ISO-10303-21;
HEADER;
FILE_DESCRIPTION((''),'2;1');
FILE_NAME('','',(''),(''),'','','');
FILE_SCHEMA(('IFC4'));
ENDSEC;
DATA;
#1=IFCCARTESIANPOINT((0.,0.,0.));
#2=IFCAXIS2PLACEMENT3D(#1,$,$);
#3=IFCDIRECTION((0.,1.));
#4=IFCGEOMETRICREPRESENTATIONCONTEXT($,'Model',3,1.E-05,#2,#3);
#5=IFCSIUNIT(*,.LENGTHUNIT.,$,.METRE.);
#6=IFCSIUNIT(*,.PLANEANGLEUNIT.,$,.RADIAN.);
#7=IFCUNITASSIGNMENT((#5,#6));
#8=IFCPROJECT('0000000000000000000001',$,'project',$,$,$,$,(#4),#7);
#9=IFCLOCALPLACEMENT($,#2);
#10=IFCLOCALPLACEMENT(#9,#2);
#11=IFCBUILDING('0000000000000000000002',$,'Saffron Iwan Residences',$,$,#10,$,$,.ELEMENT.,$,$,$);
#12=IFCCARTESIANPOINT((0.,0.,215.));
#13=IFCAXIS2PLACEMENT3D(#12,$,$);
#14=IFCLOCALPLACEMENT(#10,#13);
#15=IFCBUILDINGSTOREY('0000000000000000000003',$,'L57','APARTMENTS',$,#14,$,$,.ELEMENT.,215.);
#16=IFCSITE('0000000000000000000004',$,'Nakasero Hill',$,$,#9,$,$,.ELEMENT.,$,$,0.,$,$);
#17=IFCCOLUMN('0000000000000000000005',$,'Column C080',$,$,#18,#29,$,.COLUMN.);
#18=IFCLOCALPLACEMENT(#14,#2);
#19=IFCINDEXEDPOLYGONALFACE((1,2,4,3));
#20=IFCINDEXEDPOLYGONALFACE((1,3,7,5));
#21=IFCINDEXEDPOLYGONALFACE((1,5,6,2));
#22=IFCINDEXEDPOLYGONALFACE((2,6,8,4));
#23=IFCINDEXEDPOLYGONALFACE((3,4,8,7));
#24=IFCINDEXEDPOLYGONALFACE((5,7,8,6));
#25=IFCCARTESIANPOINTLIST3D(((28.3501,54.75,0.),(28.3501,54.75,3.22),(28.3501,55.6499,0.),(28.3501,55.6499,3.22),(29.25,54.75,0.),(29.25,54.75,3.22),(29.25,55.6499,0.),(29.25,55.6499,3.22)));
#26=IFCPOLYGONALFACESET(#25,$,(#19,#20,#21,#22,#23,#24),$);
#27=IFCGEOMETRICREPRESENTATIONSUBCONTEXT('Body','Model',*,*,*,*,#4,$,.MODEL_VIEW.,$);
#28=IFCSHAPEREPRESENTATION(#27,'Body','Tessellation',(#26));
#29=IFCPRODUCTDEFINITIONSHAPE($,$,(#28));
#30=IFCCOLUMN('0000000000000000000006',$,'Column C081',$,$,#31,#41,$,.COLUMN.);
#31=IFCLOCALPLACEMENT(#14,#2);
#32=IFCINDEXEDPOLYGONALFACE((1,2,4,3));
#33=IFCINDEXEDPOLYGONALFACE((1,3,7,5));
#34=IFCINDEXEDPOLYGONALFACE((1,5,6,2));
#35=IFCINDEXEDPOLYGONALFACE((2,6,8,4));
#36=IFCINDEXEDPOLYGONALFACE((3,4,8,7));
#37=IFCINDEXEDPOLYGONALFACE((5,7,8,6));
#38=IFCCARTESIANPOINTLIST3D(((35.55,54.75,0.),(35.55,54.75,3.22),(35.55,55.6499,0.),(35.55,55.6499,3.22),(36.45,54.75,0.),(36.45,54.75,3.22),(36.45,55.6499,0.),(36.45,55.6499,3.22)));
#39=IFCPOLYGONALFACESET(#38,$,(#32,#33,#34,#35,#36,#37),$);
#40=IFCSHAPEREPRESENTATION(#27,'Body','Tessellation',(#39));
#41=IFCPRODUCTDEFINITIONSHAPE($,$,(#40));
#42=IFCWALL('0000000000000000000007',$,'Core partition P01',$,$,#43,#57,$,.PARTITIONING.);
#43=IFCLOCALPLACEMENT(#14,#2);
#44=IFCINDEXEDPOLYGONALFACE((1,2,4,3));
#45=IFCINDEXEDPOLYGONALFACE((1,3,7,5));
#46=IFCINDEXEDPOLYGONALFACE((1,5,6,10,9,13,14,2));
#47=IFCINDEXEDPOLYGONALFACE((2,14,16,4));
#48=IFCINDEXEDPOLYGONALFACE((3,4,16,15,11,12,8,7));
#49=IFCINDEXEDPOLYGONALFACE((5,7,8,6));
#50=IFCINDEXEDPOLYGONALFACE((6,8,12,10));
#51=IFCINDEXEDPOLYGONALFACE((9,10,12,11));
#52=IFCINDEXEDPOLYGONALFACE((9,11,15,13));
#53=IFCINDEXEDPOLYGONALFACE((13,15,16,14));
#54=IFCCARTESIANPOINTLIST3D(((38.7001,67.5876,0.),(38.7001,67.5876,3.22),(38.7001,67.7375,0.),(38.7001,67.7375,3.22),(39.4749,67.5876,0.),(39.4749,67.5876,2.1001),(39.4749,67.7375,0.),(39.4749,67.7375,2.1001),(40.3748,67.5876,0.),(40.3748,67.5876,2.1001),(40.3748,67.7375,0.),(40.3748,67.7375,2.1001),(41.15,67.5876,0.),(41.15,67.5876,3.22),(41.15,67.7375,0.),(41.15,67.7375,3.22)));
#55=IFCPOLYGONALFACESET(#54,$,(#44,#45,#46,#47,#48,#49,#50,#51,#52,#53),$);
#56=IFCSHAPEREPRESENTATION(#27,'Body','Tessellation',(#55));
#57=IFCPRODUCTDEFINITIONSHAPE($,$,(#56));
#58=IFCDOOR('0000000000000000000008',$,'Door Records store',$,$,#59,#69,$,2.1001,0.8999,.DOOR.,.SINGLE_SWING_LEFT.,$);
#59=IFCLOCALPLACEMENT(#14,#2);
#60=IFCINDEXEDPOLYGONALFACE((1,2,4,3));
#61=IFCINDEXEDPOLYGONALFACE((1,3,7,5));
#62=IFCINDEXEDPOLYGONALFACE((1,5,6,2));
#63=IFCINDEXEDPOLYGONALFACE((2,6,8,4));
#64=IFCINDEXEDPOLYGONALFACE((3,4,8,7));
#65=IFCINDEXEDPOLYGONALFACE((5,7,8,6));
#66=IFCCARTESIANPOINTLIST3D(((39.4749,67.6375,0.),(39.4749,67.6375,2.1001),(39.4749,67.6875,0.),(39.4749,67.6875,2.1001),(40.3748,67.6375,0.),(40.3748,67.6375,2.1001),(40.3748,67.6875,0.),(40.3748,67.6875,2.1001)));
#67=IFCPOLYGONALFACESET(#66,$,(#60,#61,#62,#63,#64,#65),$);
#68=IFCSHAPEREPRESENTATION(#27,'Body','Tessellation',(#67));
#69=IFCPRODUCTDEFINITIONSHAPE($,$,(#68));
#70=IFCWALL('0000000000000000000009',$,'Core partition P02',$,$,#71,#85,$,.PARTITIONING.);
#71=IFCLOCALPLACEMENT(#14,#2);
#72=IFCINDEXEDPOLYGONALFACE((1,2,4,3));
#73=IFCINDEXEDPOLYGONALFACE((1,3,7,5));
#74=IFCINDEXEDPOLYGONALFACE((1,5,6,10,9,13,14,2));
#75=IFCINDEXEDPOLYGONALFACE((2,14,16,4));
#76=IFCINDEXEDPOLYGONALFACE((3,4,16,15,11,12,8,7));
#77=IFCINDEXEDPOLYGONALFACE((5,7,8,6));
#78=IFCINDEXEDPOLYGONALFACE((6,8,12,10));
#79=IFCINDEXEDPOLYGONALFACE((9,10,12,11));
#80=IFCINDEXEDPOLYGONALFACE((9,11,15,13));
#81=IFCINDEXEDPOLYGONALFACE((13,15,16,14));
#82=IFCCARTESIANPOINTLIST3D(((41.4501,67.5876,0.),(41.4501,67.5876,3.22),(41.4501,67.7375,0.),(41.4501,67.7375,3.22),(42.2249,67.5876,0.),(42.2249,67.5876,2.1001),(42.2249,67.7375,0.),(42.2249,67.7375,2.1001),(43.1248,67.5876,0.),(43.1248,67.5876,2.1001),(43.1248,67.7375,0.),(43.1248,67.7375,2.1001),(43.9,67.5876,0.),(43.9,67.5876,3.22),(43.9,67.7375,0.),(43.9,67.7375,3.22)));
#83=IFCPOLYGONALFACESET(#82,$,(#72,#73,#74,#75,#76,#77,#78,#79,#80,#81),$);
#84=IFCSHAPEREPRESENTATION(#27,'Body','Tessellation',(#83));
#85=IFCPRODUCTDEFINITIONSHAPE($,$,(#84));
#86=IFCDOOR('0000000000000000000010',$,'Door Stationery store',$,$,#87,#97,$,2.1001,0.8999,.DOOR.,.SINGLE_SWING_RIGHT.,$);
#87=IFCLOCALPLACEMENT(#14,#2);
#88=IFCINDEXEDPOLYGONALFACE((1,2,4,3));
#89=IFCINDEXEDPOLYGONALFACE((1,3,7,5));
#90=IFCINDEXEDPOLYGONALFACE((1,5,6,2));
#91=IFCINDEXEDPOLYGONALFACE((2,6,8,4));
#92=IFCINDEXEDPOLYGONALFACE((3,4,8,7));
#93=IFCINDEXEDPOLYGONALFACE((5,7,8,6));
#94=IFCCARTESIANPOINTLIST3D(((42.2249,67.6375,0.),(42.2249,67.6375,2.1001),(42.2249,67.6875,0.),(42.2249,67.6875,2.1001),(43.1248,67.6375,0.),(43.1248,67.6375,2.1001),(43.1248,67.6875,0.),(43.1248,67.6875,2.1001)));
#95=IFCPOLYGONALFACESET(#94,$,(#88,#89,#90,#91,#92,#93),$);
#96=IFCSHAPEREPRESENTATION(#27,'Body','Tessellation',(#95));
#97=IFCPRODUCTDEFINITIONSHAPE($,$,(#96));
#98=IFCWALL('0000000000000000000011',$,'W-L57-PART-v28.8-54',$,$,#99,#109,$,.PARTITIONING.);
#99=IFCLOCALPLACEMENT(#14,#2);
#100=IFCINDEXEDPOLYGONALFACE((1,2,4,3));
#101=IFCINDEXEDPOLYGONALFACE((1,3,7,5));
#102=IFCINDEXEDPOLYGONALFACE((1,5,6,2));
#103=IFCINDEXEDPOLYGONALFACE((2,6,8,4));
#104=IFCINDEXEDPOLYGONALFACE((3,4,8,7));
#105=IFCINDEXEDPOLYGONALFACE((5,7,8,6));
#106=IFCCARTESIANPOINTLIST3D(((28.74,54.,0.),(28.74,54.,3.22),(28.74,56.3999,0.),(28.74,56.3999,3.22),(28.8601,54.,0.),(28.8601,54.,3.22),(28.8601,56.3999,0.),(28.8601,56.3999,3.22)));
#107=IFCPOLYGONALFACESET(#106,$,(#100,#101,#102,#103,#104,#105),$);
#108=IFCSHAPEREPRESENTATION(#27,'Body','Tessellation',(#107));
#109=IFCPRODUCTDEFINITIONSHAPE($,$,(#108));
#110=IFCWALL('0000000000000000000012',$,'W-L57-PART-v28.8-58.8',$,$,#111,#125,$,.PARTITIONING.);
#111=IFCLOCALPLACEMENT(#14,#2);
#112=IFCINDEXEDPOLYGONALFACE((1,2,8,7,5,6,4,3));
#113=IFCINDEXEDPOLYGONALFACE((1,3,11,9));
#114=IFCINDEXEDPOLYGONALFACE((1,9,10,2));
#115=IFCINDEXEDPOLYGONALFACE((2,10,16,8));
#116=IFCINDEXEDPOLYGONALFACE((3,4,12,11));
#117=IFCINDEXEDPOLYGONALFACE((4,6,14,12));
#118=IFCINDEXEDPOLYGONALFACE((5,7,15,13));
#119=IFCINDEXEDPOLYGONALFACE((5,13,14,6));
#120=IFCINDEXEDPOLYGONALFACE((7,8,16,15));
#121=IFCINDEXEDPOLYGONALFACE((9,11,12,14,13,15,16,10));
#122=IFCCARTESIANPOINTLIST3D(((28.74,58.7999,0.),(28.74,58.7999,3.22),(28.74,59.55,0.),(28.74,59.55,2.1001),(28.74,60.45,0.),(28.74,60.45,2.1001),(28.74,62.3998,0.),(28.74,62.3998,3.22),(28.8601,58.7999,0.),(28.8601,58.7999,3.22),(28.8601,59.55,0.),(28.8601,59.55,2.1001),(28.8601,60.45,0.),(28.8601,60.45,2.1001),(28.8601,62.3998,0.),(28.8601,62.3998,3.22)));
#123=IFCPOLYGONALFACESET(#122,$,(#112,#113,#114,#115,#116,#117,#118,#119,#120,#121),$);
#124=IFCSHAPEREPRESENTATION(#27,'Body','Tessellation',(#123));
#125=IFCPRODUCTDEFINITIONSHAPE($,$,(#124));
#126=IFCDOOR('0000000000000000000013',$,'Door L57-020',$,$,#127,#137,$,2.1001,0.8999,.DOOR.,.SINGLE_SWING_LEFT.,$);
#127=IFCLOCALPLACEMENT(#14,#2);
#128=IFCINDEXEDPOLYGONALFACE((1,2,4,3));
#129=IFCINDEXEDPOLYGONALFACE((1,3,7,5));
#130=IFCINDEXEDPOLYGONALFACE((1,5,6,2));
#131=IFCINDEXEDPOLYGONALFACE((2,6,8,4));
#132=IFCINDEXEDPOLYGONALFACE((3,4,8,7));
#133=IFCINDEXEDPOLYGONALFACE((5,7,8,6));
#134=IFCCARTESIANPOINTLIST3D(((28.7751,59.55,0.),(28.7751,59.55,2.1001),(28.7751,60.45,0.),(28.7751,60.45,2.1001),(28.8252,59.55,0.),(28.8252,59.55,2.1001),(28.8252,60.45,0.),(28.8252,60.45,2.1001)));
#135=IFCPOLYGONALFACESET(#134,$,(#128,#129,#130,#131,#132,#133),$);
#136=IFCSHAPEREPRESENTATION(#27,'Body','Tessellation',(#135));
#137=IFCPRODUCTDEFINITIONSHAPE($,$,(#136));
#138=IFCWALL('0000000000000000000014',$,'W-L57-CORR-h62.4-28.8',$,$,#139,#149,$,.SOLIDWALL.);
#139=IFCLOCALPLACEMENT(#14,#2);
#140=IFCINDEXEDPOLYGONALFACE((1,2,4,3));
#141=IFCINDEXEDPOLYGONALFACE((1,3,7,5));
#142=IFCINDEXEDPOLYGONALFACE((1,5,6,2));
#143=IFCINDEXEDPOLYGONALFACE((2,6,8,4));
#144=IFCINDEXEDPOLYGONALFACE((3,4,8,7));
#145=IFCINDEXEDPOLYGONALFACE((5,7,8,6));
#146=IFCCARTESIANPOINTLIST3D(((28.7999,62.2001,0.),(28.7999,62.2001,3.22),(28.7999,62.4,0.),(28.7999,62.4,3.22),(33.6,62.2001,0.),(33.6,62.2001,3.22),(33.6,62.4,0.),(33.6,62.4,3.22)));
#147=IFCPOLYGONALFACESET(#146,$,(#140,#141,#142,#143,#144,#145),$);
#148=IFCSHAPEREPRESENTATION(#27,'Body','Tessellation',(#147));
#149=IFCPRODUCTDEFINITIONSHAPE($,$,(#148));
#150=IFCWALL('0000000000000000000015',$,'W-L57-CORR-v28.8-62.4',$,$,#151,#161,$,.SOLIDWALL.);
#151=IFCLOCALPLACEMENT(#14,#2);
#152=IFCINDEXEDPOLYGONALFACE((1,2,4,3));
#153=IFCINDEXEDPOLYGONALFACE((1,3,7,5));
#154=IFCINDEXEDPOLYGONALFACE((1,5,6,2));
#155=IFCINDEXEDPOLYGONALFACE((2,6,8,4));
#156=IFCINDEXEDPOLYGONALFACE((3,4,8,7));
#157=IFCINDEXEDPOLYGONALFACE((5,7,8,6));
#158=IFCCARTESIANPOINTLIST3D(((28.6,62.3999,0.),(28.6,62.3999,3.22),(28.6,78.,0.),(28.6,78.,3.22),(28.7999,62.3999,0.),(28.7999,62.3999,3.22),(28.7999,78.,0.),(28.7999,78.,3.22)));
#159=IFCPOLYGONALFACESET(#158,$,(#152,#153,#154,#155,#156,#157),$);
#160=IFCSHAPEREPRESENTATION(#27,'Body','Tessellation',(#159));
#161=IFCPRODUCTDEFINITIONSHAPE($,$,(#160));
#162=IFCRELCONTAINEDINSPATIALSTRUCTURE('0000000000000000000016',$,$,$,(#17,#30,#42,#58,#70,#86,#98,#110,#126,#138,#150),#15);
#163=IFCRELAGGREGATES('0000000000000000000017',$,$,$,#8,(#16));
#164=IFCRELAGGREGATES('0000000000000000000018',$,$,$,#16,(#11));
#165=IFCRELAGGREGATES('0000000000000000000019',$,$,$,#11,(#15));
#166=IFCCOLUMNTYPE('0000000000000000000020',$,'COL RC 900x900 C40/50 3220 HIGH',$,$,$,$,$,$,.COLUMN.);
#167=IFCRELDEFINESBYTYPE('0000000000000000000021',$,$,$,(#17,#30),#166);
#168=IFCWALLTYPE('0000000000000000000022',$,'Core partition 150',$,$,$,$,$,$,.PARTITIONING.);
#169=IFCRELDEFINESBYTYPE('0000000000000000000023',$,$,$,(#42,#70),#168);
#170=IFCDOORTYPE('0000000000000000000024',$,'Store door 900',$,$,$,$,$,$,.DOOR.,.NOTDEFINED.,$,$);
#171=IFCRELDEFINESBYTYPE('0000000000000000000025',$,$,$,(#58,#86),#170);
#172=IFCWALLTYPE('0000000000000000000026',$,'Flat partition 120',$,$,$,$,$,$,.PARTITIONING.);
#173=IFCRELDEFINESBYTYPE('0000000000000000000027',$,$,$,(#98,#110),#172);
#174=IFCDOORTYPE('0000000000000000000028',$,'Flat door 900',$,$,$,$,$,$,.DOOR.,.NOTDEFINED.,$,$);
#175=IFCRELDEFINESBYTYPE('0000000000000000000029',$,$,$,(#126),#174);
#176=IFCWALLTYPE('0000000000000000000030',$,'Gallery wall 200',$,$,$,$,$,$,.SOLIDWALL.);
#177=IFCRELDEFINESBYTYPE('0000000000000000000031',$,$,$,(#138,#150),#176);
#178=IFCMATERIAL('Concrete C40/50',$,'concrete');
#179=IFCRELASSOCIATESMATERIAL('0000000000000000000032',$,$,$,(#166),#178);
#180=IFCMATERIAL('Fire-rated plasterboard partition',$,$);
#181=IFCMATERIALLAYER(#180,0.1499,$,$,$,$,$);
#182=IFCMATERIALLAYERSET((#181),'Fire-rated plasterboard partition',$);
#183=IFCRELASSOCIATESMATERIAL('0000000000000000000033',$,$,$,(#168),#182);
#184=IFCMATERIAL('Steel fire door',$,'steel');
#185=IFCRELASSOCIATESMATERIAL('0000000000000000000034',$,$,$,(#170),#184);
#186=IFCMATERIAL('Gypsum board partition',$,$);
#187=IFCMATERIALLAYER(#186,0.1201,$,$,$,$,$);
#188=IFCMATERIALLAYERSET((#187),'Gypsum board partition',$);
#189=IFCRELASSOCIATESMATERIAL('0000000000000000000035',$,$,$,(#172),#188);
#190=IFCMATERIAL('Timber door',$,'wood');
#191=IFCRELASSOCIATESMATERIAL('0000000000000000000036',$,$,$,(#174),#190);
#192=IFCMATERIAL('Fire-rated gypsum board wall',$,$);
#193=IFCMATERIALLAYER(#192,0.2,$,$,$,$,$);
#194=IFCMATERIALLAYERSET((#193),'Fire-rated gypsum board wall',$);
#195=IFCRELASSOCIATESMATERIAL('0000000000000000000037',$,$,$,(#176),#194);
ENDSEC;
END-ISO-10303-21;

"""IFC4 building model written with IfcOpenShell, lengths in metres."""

from ifc_helpers import new_model, si_unit, direction, frame, frame_2d, origin, origin_2d, place, context, subcontext, project, spatial, rectangle, extrude, source, transform, mapped, material, layer, layer_set, material_profile, profile_set, type_object, element, fill, save


model = new_model("IFC4")

# Units and contexts
model_context = context("Model", 3, precision=1e-05, world=origin(), true_north=direction((0.0, 1.0)))
body_context = subcontext(model_context, "Body", "Model", "MODEL_VIEW")
ifc_project = project(units=[si_unit("LENGTHUNIT", "METRE"), si_unit("PLANEANGLEUNIT", "RADIAN")], contexts=[model_context])

# Site, building, storey
site_placement = place(None, origin())
site = spatial("IfcSite", under=ifc_project, at=site_placement, Name="Nakasero Hill", CompositionType="ELEMENT", RefElevation=0.0)
building_placement = place(site_placement, origin())
building = spatial("IfcBuilding", under=site, at=building_placement, Name="Saffron Iwan Residences", CompositionType="ELEMENT")
storey_placement = place(building_placement, frame((0.0, 0.0, 215.0)))
storey = spatial("IfcBuildingStorey", under=building, at=storey_placement, Name="L57", Description="APARTMENTS", CompositionType="ELEMENT", Elevation=215.0)

# Columns
ifc_material_1 = material(Name="Concrete C40/50", Category="concrete")
ifc_material_profile = material_profile(ifc_material_1, rectangle(XDim=0.8999, YDim=0.8999, at=origin_2d()), Name="RC 900x900")
ifc_profile_set = profile_set([ifc_material_profile], Name="Concrete C40/50")
column_type = type_object("IfcColumnType", Name="COL RC 900x900 C40/50 3220 HIGH", PredefinedType="COLUMN", material=ifc_profile_set)
shared_shape = source(origin(), body_context, "Body", "SweptSolid", [
    extrude(rectangle(XDim=0.8999, YDim=0.8999, at=origin_2d()), origin(), (0.0, 0.0, 1.0), 3.22),
])
for number, where, z_axis, x_axis, name in (
    (1, (28.8, 55.2, 0.0), (0.0, 0.0, 1.0), (1.0, 0.0, 0.0), "Column C080"),
    (2, (36.0, 55.2, 0.0), (0.0, 0.0, 1.0), (1.0, 0.0, 0.0), "Column C081"),
):
    element("IfcColumn", number, at=place(storey_placement, frame(where, z_axis=z_axis, x_axis=x_axis)), inside=storey, type_object=column_type, Name=name, PredefinedType="COLUMN", context=body_context, shape_type="MappedRepresentation", body=[
        mapped(shared_shape, transform((0.0, 0.0, 0.0))),
    ])

# Walls, openings, doors
ifc_material_2 = material(Name="Fire-rated plasterboard partition")
ifc_layer_1 = layer(ifc_material_2, 0.1499)
ifc_layer_set_1 = layer_set([ifc_layer_1], Name="Fire-rated plasterboard partition")
wall_type_1 = type_object("IfcWallType", Name="Core partition 150", PredefinedType="PARTITIONING", material=ifc_layer_set_1)
wall_1_placement = place(storey_placement, frame((38.7, 67.6626, 0.0), z_axis=(0.0, 0.0, 1.0), x_axis=(1.0, 0.0, 0.0)))
wall_1 = element("IfcWall", 3, at=wall_1_placement, inside=storey, type_object=wall_type_1, Name="Core partition P01", PredefinedType="PARTITIONING", context=body_context, shape_type="SweptSolid", body=[
    extrude(rectangle(XDim=2.45, YDim=0.1499, at=frame_2d((1.2251, 0.0))), origin(), (0.0, 0.0, 1.0), 3.22),
])
opening_1_placement = place(wall_1_placement, frame((0.7749, 0.0, 0.0)))
opening_1 = element("IfcOpeningElement", 4, at=opening_1_placement, cuts=wall_1, PredefinedType="OPENING", context=body_context, shape_type="SweptSolid", body=[
    extrude(rectangle(XDim=0.8999, YDim=2.1001, at=frame_2d((0.45, 1.05))), frame((0.0, 0.085, 0.0), z_axis=(0.0, -1.0, 0.0), x_axis=(1.0, 0.0, 0.0)), (0.0, 0.0, 1.0), 0.1699),
])
ifc_material_3 = material(Name="Steel fire door", Category="steel")
door_type_1 = type_object("IfcDoorType", Name="Store door 900", OperationType="NOTDEFINED", PredefinedType="DOOR", material=ifc_material_3)
door_1_placement = place(opening_1_placement, origin())
door_1 = element("IfcDoor", 5, at=door_1_placement, inside=storey, type_object=door_type_1, Name="Door Records store", OperationType="SINGLE_SWING_LEFT", OverallHeight=2.1001, OverallWidth=0.8999, PredefinedType="DOOR", context=body_context, shape_type="SweptSolid", body=[
    extrude(rectangle(XDim=0.8999, YDim=2.1001, at=frame_2d((0.45, 1.05))), frame((0.0, 0.0249, 0.0), z_axis=(0.0, -1.0, 0.0), x_axis=(1.0, 0.0, 0.0)), (0.0, 0.0, 1.0), 0.05),
])
fill(opening_1, door_1)
wall_2_placement = place(storey_placement, frame((41.45, 67.6626, 0.0), z_axis=(0.0, 0.0, 1.0), x_axis=(1.0, 0.0, 0.0)))
wall_2 = element("IfcWall", 6, at=wall_2_placement, inside=storey, type_object=wall_type_1, Name="Core partition P02", PredefinedType="PARTITIONING", context=body_context, shape_type="SweptSolid", body=[
    extrude(rectangle(XDim=2.45, YDim=0.1499, at=frame_2d((1.2251, 0.0))), origin(), (0.0, 0.0, 1.0), 3.22),
])
opening_2_placement = place(wall_2_placement, frame((0.7749, 0.0, 0.0)))
opening_2 = element("IfcOpeningElement", 7, at=opening_2_placement, cuts=wall_2, PredefinedType="OPENING", context=body_context, shape_type="SweptSolid", body=[
    extrude(rectangle(XDim=0.8999, YDim=2.1001, at=frame_2d((0.45, 1.05))), frame((0.0, 0.085, 0.0), z_axis=(0.0, -1.0, 0.0), x_axis=(1.0, 0.0, 0.0)), (0.0, 0.0, 1.0), 0.1699),
])
door_2_placement = place(opening_2_placement, origin())
door_2 = element("IfcDoor", 8, at=door_2_placement, inside=storey, type_object=door_type_1, Name="Door Stationery store", OperationType="SINGLE_SWING_RIGHT", OverallHeight=2.1001, OverallWidth=0.8999, PredefinedType="DOOR", context=body_context, shape_type="SweptSolid", body=[
    extrude(rectangle(XDim=0.8999, YDim=2.1001, at=frame_2d((0.45, 1.05))), frame((0.0, 0.0249, 0.0), z_axis=(0.0, -1.0, 0.0), x_axis=(1.0, 0.0, 0.0)), (0.0, 0.0, 1.0), 0.05),
])
fill(opening_2, door_2)

# Wall
ifc_material_4 = material(Name="Gypsum board partition")
ifc_layer_2 = layer(ifc_material_4, 0.1201)
ifc_layer_set_2 = layer_set([ifc_layer_2], Name="Gypsum board partition")
wall_type_2 = type_object("IfcWallType", Name="Flat partition 120", PredefinedType="PARTITIONING", material=ifc_layer_set_2)
wall_3_placement = place(storey_placement, frame((28.8, 54.0, 0.0), z_axis=(0.0, 0.0, 1.0), x_axis=(0.0, 1.0, 0.0)))
element("IfcWall", 9, at=wall_3_placement, inside=storey, type_object=wall_type_2, Name="W-L57-PART-v28.8-54", PredefinedType="PARTITIONING", context=body_context, shape_type="SweptSolid", body=[
    extrude(rectangle(XDim=2.3999, YDim=0.1201, at=frame_2d((1.2, 0.0))), origin(), (0.0, 0.0, 1.0), 3.22),
])

# Wall, opening, door
wall_4_placement = place(storey_placement, frame((28.8, 58.8, 0.0), z_axis=(0.0, 0.0, 1.0), x_axis=(0.0, 1.0, 0.0)))
wall_4 = element("IfcWall", 10, at=wall_4_placement, inside=storey, type_object=wall_type_2, Name="W-L57-PART-v28.8-58.8", PredefinedType="PARTITIONING", context=body_context, shape_type="SweptSolid", body=[
    extrude(rectangle(XDim=3.5999, YDim=0.1201, at=frame_2d((1.7998, 0.0))), origin(), (0.0, 0.0, 1.0), 3.22),
])
opening_3_placement = place(wall_4_placement, frame((0.75, 0.0, 0.0)))
opening_3 = element("IfcOpeningElement", 11, at=opening_3_placement, cuts=wall_4, PredefinedType="OPENING", context=body_context, shape_type="SweptSolid", body=[
    extrude(rectangle(XDim=0.8999, YDim=2.1001, at=frame_2d((0.45, 1.05))), frame((0.0, 0.0701, 0.0), z_axis=(0.0, -1.0, 0.0), x_axis=(1.0, 0.0, 0.0)), (0.0, 0.0, 1.0), 0.1401),
])
ifc_material_5 = material(Name="Timber door", Category="wood")
door_type_2 = type_object("IfcDoorType", Name="Flat door 900", OperationType="NOTDEFINED", PredefinedType="DOOR", material=ifc_material_5)
door_3_placement = place(opening_3_placement, origin())
door_3 = element("IfcDoor", 12, at=door_3_placement, inside=storey, type_object=door_type_2, Name="Door L57-020", OperationType="SINGLE_SWING_LEFT", OverallHeight=2.1001, OverallWidth=0.8999, PredefinedType="DOOR", context=body_context, shape_type="SweptSolid", body=[
    extrude(rectangle(XDim=0.8999, YDim=2.1001, at=frame_2d((0.45, 1.05))), frame((0.0, 0.0249, 0.0), z_axis=(0.0, -1.0, 0.0), x_axis=(1.0, 0.0, 0.0)), (0.0, 0.0, 1.0), 0.05),
])
fill(opening_3, door_3)

# Walls
ifc_material_6 = material(Name="Fire-rated gypsum board wall")
ifc_layer_3 = layer(ifc_material_6, 0.2)
ifc_layer_set_3 = layer_set([ifc_layer_3], Name="Fire-rated gypsum board wall")
wall_type_3 = type_object("IfcWallType", Name="Gallery wall 200", PredefinedType="SOLIDWALL", material=ifc_layer_set_3)
wall_5_placement = place(storey_placement, frame((28.8, 62.3, 0.0), z_axis=(0.0, 0.0, 1.0), x_axis=(1.0, 0.0, 0.0)))
element("IfcWall", 13, at=wall_5_placement, inside=storey, type_object=wall_type_3, Name="W-L57-CORR-h62.4-28.8", PredefinedType="SOLIDWALL", context=body_context, shape_type="SweptSolid", body=[
    extrude(rectangle(XDim=4.8, YDim=0.2, at=frame_2d((2.3999, 0.0))), origin(), (0.0, 0.0, 1.0), 3.22),
])
wall_6_placement = place(storey_placement, frame((28.7, 62.3999, 0.0), z_axis=(0.0, 0.0, 1.0), x_axis=(0.0, 1.0, 0.0)))
element("IfcWall", 14, at=wall_6_placement, inside=storey, type_object=wall_type_3, Name="W-L57-CORR-v28.8-62.4", PredefinedType="SOLIDWALL", context=body_context, shape_type="SweptSolid", body=[
    extrude(rectangle(XDim=15.6001, YDim=0.2, at=frame_2d((7.8, 0.0))), origin(), (0.0, 0.0, 1.0), 3.22),
])

save(model, "model.ifc")
